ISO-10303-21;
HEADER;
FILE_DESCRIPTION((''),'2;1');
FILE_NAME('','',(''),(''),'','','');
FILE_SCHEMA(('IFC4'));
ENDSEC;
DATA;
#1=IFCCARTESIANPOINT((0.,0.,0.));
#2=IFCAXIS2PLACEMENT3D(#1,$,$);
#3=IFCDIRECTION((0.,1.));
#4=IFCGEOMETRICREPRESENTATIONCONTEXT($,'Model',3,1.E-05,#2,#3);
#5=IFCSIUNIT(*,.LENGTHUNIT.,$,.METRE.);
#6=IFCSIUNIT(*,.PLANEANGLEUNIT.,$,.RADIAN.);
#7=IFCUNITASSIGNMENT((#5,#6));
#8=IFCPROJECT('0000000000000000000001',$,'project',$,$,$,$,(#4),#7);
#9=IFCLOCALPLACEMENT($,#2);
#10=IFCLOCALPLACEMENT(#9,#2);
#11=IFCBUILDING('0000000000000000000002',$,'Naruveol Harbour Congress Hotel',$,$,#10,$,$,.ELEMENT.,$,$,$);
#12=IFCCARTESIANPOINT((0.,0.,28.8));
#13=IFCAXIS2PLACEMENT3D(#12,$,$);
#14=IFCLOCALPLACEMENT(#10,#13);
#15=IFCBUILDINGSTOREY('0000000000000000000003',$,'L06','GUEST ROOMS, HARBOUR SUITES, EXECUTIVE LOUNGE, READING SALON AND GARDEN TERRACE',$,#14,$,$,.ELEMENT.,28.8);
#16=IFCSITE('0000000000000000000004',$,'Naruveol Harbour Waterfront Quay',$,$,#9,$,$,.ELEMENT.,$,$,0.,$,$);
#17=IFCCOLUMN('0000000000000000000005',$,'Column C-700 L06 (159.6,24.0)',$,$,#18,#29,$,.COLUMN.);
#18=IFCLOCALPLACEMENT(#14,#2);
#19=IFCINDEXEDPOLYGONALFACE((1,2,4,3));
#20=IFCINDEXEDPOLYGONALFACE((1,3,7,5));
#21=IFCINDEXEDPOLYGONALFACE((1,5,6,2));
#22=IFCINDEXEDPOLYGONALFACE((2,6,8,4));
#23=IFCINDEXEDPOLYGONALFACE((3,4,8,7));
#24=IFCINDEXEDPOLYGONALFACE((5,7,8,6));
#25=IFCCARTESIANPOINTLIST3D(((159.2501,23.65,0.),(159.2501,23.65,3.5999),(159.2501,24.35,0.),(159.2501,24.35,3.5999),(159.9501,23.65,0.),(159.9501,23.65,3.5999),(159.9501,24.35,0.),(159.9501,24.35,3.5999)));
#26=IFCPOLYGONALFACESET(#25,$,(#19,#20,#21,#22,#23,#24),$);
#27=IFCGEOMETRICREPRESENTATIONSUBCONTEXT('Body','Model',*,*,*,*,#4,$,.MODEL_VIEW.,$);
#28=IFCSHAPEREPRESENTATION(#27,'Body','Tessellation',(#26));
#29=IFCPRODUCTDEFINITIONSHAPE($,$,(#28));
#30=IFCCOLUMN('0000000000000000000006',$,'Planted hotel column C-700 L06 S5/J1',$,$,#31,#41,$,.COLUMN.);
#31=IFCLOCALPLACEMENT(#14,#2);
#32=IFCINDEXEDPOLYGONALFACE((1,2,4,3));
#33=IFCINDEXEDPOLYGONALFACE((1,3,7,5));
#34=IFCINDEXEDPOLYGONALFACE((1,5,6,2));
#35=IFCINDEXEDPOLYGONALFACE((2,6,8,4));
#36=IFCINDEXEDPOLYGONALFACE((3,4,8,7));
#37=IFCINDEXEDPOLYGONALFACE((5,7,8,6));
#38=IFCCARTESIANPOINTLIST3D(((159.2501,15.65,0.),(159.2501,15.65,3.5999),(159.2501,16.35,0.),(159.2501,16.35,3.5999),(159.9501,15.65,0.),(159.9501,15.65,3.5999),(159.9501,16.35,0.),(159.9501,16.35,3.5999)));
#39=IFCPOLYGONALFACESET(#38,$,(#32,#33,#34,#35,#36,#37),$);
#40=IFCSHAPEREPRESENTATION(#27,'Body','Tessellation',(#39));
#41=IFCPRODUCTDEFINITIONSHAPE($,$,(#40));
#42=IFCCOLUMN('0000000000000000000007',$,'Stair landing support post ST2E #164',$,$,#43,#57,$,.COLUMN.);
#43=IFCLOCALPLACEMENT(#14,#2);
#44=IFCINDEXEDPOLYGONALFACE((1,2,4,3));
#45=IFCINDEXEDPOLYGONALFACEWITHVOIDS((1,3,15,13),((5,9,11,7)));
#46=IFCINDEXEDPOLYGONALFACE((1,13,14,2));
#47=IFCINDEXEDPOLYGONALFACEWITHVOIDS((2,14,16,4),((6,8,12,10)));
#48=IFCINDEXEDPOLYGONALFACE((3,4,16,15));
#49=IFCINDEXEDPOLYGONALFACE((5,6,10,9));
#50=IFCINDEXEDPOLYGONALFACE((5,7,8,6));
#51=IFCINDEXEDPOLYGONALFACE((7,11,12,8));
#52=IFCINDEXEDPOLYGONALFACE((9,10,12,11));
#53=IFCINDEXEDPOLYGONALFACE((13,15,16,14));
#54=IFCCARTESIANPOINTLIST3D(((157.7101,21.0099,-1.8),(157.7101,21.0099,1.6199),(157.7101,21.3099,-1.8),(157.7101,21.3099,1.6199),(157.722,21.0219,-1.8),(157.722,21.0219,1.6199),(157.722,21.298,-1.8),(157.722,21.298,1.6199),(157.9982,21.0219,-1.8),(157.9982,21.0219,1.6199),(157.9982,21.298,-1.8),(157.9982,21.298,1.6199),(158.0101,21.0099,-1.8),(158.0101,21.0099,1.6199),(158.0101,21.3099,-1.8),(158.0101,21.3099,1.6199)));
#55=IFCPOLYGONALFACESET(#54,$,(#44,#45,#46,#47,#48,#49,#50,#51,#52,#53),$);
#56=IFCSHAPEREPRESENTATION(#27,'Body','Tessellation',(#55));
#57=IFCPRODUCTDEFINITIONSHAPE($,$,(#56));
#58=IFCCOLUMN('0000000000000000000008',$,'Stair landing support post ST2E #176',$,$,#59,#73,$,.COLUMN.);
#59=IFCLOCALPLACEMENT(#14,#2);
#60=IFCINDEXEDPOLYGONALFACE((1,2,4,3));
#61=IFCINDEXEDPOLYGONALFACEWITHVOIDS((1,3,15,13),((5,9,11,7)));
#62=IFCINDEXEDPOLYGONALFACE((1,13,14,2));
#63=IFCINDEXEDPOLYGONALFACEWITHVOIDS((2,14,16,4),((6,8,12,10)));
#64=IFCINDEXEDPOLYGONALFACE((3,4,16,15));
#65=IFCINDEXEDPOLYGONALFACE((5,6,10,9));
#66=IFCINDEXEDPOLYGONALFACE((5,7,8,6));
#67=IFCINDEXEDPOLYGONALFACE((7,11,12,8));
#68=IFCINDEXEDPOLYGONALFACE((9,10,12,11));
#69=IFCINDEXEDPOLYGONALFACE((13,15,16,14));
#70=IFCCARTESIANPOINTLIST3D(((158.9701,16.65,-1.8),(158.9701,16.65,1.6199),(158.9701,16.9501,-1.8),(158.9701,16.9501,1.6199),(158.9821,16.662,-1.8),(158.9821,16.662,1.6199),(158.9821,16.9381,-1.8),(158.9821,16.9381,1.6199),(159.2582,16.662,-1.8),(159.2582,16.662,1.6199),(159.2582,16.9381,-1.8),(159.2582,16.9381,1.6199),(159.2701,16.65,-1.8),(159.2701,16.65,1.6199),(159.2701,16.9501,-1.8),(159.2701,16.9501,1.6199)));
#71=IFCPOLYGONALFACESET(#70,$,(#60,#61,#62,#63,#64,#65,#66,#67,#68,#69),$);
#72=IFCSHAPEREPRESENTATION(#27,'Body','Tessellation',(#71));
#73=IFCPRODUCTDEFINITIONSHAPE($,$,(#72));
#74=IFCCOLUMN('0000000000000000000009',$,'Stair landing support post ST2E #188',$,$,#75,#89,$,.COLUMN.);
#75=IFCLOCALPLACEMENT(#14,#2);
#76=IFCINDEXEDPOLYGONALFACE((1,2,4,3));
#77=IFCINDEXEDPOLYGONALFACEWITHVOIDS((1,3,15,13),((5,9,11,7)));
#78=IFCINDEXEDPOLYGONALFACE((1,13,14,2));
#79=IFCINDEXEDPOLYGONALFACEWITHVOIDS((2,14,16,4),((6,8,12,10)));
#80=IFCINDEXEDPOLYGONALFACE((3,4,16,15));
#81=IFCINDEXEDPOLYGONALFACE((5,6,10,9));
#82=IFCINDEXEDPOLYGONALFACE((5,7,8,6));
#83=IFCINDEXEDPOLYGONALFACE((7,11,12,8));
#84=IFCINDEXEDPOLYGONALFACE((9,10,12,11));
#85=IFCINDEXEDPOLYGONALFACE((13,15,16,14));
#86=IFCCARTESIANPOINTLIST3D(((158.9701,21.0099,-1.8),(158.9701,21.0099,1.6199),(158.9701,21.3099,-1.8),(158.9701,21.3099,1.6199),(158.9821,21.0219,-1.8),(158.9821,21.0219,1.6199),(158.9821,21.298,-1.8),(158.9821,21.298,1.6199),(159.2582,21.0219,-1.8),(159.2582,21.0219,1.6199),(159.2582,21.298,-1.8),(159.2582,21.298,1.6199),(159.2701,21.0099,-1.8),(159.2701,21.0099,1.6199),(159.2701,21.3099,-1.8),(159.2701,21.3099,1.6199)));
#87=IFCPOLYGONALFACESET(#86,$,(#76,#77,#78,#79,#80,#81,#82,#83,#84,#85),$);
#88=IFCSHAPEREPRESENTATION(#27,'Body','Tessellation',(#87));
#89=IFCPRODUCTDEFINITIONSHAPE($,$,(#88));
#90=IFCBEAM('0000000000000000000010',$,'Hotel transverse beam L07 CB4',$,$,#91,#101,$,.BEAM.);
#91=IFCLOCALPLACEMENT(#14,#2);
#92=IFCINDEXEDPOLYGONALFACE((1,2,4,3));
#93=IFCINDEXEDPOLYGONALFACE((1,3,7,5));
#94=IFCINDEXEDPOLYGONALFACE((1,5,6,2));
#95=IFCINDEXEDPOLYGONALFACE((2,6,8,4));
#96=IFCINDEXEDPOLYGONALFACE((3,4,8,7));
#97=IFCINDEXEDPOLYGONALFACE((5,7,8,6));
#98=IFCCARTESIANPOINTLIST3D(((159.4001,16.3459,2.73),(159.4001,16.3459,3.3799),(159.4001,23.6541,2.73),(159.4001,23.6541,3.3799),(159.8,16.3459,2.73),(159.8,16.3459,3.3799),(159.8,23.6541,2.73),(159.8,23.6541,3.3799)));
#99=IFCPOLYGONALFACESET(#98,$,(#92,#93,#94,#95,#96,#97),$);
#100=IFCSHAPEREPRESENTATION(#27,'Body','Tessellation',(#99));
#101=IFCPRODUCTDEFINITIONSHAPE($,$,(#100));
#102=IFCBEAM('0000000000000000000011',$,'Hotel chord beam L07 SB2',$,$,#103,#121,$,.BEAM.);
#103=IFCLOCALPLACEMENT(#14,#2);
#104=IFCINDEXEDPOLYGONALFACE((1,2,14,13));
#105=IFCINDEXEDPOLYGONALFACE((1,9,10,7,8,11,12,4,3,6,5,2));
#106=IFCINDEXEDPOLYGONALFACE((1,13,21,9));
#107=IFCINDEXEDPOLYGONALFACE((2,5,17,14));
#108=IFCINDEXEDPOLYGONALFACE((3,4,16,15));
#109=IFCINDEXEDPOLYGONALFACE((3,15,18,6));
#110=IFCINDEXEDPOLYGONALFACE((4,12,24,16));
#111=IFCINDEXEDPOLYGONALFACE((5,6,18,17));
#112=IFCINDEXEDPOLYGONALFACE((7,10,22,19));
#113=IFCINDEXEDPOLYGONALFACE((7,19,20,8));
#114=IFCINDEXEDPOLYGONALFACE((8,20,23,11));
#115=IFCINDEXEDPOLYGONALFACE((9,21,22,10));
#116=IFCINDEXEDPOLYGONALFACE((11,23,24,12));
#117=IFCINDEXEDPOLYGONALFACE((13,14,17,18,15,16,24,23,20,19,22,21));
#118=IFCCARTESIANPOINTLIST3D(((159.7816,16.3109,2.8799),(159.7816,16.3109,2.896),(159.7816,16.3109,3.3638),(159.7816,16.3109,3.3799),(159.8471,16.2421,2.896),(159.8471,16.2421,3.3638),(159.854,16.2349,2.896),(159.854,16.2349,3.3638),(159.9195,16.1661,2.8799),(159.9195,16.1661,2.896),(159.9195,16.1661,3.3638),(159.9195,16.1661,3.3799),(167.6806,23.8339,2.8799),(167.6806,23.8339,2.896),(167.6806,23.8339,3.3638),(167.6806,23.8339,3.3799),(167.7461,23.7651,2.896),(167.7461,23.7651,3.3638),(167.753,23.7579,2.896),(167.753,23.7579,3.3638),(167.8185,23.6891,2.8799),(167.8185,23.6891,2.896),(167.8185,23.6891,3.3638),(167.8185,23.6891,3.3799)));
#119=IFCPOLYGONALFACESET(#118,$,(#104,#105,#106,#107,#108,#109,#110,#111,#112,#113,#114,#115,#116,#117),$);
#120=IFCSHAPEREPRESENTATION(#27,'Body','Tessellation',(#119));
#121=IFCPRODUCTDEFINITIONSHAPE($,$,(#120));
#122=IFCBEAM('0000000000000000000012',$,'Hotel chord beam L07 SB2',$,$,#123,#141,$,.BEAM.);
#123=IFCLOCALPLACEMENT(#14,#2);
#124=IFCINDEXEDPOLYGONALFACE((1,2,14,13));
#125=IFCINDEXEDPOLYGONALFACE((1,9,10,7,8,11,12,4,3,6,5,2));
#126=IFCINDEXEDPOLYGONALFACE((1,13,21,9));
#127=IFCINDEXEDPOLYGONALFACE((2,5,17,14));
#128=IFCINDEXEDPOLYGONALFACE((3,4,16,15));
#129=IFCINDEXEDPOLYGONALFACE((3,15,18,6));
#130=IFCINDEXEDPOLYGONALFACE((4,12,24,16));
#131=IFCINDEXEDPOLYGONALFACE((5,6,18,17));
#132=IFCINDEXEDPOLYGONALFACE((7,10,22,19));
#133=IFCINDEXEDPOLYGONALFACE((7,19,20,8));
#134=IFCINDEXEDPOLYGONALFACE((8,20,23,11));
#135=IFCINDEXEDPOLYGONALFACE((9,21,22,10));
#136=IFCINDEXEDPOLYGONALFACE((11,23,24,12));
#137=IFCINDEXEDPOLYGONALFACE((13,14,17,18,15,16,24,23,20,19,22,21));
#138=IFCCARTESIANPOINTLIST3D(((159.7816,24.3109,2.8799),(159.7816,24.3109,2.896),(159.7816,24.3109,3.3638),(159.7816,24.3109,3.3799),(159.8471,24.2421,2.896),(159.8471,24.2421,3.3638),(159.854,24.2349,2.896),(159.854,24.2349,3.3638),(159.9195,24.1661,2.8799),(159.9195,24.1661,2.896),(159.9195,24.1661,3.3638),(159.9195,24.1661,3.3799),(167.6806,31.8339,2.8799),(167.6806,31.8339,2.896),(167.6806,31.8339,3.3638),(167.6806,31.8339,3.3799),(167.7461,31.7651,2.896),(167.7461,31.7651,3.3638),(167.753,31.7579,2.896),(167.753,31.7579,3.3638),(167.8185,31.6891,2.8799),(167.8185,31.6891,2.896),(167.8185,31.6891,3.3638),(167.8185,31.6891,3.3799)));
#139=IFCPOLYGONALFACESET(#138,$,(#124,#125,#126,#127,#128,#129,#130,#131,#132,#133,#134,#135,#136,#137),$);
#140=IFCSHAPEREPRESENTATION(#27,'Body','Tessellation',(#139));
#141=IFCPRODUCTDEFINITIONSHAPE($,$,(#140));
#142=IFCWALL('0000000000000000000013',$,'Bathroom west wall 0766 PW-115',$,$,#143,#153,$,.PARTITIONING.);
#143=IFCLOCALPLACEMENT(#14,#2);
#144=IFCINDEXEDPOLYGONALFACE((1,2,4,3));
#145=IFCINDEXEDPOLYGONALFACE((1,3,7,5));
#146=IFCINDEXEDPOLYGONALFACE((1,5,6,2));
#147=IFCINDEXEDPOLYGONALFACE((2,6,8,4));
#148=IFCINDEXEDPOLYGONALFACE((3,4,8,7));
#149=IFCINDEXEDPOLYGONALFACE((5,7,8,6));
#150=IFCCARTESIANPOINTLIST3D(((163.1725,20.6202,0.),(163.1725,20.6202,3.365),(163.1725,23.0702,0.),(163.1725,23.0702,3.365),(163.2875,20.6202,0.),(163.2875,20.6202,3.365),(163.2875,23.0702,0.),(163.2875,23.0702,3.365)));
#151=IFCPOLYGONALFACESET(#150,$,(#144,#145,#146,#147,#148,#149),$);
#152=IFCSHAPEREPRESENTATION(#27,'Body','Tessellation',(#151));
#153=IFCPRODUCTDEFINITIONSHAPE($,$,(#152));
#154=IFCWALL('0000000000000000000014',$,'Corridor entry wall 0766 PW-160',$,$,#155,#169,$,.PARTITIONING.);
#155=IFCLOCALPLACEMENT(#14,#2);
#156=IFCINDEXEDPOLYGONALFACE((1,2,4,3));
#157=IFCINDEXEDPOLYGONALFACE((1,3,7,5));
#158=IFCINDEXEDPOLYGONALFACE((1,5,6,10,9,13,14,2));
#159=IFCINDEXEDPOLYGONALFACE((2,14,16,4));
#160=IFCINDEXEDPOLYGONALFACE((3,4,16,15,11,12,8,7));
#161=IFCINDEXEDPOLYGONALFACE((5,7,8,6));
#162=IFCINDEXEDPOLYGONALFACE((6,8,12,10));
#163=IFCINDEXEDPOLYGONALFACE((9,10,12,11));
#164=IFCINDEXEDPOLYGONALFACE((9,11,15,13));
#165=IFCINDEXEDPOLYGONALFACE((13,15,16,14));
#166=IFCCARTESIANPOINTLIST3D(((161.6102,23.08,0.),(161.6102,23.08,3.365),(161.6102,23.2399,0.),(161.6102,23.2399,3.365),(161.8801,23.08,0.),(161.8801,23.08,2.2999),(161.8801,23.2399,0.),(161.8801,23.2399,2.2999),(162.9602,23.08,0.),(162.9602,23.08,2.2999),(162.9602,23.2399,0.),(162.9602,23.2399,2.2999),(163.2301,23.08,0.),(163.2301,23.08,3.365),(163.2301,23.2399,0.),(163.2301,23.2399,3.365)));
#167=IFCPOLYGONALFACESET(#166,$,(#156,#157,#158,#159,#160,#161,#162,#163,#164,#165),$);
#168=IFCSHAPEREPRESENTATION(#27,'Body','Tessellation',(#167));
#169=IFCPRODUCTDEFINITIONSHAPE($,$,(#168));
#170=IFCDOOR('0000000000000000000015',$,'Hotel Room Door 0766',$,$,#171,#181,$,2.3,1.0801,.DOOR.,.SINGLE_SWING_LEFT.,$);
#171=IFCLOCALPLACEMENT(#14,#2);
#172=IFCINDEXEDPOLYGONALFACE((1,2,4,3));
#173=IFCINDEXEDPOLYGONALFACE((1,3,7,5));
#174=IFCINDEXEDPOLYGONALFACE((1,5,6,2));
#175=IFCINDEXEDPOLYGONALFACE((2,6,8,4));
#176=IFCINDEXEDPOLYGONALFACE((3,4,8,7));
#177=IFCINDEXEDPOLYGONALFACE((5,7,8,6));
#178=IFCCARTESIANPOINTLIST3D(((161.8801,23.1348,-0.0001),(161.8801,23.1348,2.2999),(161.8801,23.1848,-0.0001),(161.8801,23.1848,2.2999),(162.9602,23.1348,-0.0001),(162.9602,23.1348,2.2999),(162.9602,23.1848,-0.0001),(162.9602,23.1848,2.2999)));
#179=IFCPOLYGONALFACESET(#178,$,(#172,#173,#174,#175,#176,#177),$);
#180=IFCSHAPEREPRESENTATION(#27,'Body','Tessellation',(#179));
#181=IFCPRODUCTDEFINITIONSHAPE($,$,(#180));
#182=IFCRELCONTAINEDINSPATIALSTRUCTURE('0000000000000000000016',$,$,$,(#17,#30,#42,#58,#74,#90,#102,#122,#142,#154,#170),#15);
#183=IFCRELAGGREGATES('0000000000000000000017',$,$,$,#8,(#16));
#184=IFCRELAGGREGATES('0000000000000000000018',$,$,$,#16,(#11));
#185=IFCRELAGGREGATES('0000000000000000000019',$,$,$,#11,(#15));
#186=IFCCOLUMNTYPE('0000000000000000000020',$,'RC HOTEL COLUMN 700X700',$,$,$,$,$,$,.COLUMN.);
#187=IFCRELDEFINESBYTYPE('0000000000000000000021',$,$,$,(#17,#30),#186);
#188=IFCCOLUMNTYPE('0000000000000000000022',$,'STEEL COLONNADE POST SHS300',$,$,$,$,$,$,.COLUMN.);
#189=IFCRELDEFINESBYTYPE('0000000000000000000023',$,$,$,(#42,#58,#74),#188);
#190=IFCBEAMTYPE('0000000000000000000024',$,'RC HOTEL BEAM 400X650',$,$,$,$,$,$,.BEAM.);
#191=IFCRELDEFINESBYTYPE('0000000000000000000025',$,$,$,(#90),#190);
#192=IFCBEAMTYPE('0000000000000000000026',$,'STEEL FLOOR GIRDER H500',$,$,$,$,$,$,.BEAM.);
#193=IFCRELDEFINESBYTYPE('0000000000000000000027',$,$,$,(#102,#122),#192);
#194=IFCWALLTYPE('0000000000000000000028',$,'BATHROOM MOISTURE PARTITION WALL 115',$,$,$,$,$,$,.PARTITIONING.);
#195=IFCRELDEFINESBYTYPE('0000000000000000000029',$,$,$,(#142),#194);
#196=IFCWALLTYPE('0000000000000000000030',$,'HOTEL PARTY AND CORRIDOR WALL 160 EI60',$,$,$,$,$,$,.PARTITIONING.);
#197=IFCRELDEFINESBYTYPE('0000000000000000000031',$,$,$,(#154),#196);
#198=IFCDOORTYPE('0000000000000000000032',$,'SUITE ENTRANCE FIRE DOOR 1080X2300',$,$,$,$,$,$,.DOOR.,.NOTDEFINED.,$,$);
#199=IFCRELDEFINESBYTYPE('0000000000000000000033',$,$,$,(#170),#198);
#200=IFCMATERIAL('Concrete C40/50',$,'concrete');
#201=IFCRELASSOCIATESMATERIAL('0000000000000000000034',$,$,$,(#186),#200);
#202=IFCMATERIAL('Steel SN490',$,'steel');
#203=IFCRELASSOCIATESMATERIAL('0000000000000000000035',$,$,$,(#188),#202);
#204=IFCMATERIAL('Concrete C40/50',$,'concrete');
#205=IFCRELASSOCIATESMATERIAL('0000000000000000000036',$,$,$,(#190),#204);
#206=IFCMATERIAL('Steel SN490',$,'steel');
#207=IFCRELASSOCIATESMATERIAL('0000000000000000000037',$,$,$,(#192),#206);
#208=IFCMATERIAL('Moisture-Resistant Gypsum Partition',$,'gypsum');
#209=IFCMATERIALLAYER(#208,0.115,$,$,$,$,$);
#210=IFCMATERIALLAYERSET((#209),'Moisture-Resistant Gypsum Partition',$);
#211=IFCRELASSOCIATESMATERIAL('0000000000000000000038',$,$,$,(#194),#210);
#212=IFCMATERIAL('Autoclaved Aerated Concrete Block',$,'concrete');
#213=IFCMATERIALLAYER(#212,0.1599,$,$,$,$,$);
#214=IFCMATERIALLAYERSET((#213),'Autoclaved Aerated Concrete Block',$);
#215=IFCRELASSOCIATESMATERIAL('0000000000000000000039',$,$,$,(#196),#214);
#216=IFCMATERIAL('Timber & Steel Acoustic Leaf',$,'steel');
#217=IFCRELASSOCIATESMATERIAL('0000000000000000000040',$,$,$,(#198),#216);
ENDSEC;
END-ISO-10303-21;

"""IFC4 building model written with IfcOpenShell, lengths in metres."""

from ifc_helpers import new_model, si_unit, direction, frame, frame_2d, origin, origin_2d, place, context, subcontext, project, spatial, rectangle, hollow_rectangle, i_section, extrude, material, layer, layer_set, material_profile, profile_set, type_object, element, fill, save


model = new_model("IFC4")

# Units and contexts
model_context = context("Model", 3, precision=1e-05, world=origin(), true_north=direction((0.0, 1.0)))
body_context = subcontext(model_context, "Body", "Model", "MODEL_VIEW")
ifc_project = project(units=[si_unit("LENGTHUNIT", "METRE"), si_unit("PLANEANGLEUNIT", "RADIAN")], contexts=[model_context])

# Site, building, storey
site_placement = place(None, origin())
site = spatial("IfcSite", under=ifc_project, at=site_placement, Name="Naruveol Harbour Waterfront Quay", CompositionType="ELEMENT", RefElevation=0.0)
building_placement = place(site_placement, origin())
building = spatial("IfcBuilding", under=site, at=building_placement, Name="Naruveol Harbour Congress Hotel", CompositionType="ELEMENT")
storey_placement = place(building_placement, frame((0.0, 0.0, 28.8)))
storey = spatial("IfcBuildingStorey", under=building, at=storey_placement, Name="L06", Description="GUEST ROOMS, HARBOUR SUITES, EXECUTIVE LOUNGE, READING SALON AND GARDEN TERRACE", CompositionType="ELEMENT", Elevation=28.8)

# Columns
ifc_material_1 = material(Name="Concrete C40/50", Category="concrete")
ifc_material_profile_1 = material_profile(ifc_material_1, rectangle(XDim=0.7, YDim=0.7, at=origin_2d()), Name="RC-700x700")
ifc_profile_set_1 = profile_set([ifc_material_profile_1], Name="Concrete C40/50")
column_type_1 = type_object("IfcColumnType", Name="RC HOTEL COLUMN 700X700", PredefinedType="COLUMN", material=ifc_profile_set_1)
for number, where, z_axis, x_axis, name in (
    (1, (159.6001, 24.0, 0.0), (0.0, 0.0, 1.0), (1.0, 0.0, 0.0), "Column C-700 L06 (159.6,24.0)"),
    (2, (159.6001, 16.0, 0.0), (0.0, 0.0, 1.0), (1.0, 0.0, 0.0), "Planted hotel column C-700 L06 S5/J1"),
):
    element("IfcColumn", number, at=place(storey_placement, frame(where, z_axis=z_axis, x_axis=x_axis)), inside=storey, type_object=column_type_1, Name=name, PredefinedType="COLUMN", context=body_context, shape_type="SweptSolid", body=[
        extrude(rectangle(XDim=0.7, YDim=0.7, at=origin_2d()), origin(), (0.0, 0.0, 1.0), 3.5999),
    ])
ifc_material_2 = material(Name="Steel SN490", Category="steel")
ifc_material_profile_2 = material_profile(ifc_material_2, hollow_rectangle(XDim=0.3, YDim=0.3, WallThickness=0.012, at=origin_2d()), Name="SHS-300x300x12")
ifc_profile_set_2 = profile_set([ifc_material_profile_2], Name="Steel SN490")
column_type_2 = type_object("IfcColumnType", Name="STEEL COLONNADE POST SHS300", PredefinedType="COLUMN", material=ifc_profile_set_2)
for number, where, z_axis, x_axis, name in (
    (3, (157.8601, 21.1599, -1.8), (0.0, 0.0, 1.0), (1.0, 0.0, 0.0), "Stair landing support post ST2E #164"),
    (4, (159.1201, 16.8, -1.8), (0.0, 0.0, 1.0), (1.0, 0.0, 0.0), "Stair landing support post ST2E #176"),
    (5, (159.1201, 21.1599, -1.8), (0.0, 0.0, 1.0), (1.0, 0.0, 0.0), "Stair landing support post ST2E #188"),
):
    element("IfcColumn", number, at=place(storey_placement, frame(where, z_axis=z_axis, x_axis=x_axis)), inside=storey, type_object=column_type_2, Name=name, PredefinedType="COLUMN", context=body_context, shape_type="SweptSolid", body=[
        extrude(hollow_rectangle(XDim=0.3, YDim=0.3, WallThickness=0.012, at=origin_2d()), origin(), (0.0, 0.0, 1.0), 3.4199),
    ])

# Beams
ifc_material_3 = material(Name="Concrete C40/50", Category="concrete")
ifc_material_profile_3 = material_profile(ifc_material_3, rectangle(XDim=0.3999, YDim=0.6499, at=origin_2d()), Name="RCB-400x650")
ifc_profile_set_3 = profile_set([ifc_material_profile_3], Name="Concrete C40/50")
beam_type_1 = type_object("IfcBeamType", Name="RC HOTEL BEAM 400X650", PredefinedType="BEAM", material=ifc_profile_set_3)
beam_placement = place(storey_placement, frame((159.6001, 16.3459, 3.0549), z_axis=(0.0, 1.0, 0.0), x_axis=(-1.0, 0.0, 0.0)))
element("IfcBeam", 6, at=beam_placement, inside=storey, type_object=beam_type_1, Name="Hotel transverse beam L07 CB4", PredefinedType="BEAM", context=body_context, shape_type="SweptSolid", body=[
    extrude(rectangle(XDim=0.3999, YDim=0.6499, at=origin_2d()), origin(), (0.0, 0.0, 1.0), 7.3081),
])
ifc_material_4 = material(Name="Steel SN490", Category="steel")
ifc_material_profile_4 = material_profile(ifc_material_4, i_section(OverallWidth=0.2, OverallDepth=0.5, WebThickness=0.01, FlangeThickness=0.0161, at=origin_2d()), Name="H-500x200x10x16")
ifc_profile_set_4 = profile_set([ifc_material_profile_4], Name="Steel SN490")
beam_type_2 = type_object("IfcBeamType", Name="STEEL FLOOR GIRDER H500", PredefinedType="BEAM", material=ifc_profile_set_4)
for number, where, z_axis, x_axis, name in (
    (7, (159.8506, 16.2385, 3.1299), (0.72413, 0.689663, 0.0), (-0.689663, 0.72413, 0.0), "Hotel chord beam L07 SB2"),
    (8, (159.8506, 24.2385, 3.1299), (0.72413, 0.689663, 0.0), (-0.689663, 0.72413, 0.0), "Hotel chord beam L07 SB2"),
):
    element("IfcBeam", number, at=place(storey_placement, frame(where, z_axis=z_axis, x_axis=x_axis)), inside=storey, type_object=beam_type_2, Name=name, PredefinedType="BEAM", context=body_context, shape_type="SweptSolid", body=[
        extrude(i_section(OverallWidth=0.2, OverallDepth=0.5, WebThickness=0.01, FlangeThickness=0.0161, at=origin_2d()), origin(), (0.0, 0.0, 1.0), 10.9082),
    ])

# Wall
ifc_material_5 = material(Name="Moisture-Resistant Gypsum Partition", Category="gypsum")
ifc_layer_1 = layer(ifc_material_5, 0.115)
ifc_layer_set_1 = layer_set([ifc_layer_1], Name="Moisture-Resistant Gypsum Partition")
wall_type_1 = type_object("IfcWallType", Name="BATHROOM MOISTURE PARTITION WALL 115", PredefinedType="PARTITIONING", material=ifc_layer_set_1)
wall_1_placement = place(storey_placement, frame((163.23, 20.6201, 0.0), z_axis=(0.0, 0.0, 1.0), x_axis=(0.0, 1.0, 0.0)))
element("IfcWall", 9, at=wall_1_placement, inside=storey, type_object=wall_type_1, Name="Bathroom west wall 0766 PW-115", PredefinedType="PARTITIONING", context=body_context, shape_type="SweptSolid", body=[
    extrude(rectangle(XDim=2.45, YDim=0.115, at=frame_2d((1.2251, 0.0))), origin(), (0.0, 0.0, 1.0), 3.365),
])

# Wall, opening, door
ifc_material_6 = material(Name="Autoclaved Aerated Concrete Block", Category="concrete")
ifc_layer_2 = layer(ifc_material_6, 0.1599)
ifc_layer_set_2 = layer_set([ifc_layer_2], Name="Autoclaved Aerated Concrete Block")
wall_type_2 = type_object("IfcWallType", Name="HOTEL PARTY AND CORRIDOR WALL 160 EI60", PredefinedType="PARTITIONING", material=ifc_layer_set_2)
wall_2_placement = place(storey_placement, frame((161.6101, 23.1599, 0.0), z_axis=(0.0, 0.0, 1.0), x_axis=(1.0, 0.0, 0.0)))
wall_2 = element("IfcWall", 10, at=wall_2_placement, inside=storey, type_object=wall_type_2, Name="Corridor entry wall 0766 PW-160", PredefinedType="PARTITIONING", context=body_context, shape_type="SweptSolid", body=[
    extrude(rectangle(XDim=1.6199, YDim=0.1599, at=frame_2d((0.8101, 0.0))), origin(), (0.0, 0.0, 1.0), 3.365),
])
opening_1_placement = place(wall_2_placement, frame((0.27, 0.0, 0.0)))
opening_1 = element("IfcOpeningElement", 11, at=opening_1_placement, cuts=wall_2, PredefinedType="OPENING", context=body_context, shape_type="SweptSolid", body=[
    extrude(rectangle(XDim=1.0801, YDim=2.3, at=frame_2d((0.54, 1.1499))), frame((0.0, 0.0898, 0.0), z_axis=(0.0, -1.0, 0.0), x_axis=(1.0, 0.0, 0.0)), (0.0, 0.0, 1.0), 0.1799),
])
ifc_material_7 = material(Name="Timber & Steel Acoustic Leaf", Category="steel")
door_type_1 = type_object("IfcDoorType", Name="SUITE ENTRANCE FIRE DOOR 1080X2300", OperationType="NOTDEFINED", PredefinedType="DOOR", material=ifc_material_7)
door_1_placement = place(opening_1_placement, origin())
door_1 = element("IfcDoor", 12, at=door_1_placement, inside=storey, type_object=door_type_1, Name="Hotel Room Door 0766", OperationType="SINGLE_SWING_LEFT", OverallHeight=2.3, OverallWidth=1.0801, PredefinedType="DOOR", context=body_context, shape_type="SweptSolid", body=[
    extrude(rectangle(XDim=1.0801, YDim=2.3, at=frame_2d((0.54, 1.1499))), frame((0.0, 0.0249, 0.0), z_axis=(0.0, -1.0, 0.0), x_axis=(1.0, 0.0, 0.0)), (0.0, 0.0, 1.0), 0.05),
])
fill(opening_1, door_1)

save(model, "model.ifc")
